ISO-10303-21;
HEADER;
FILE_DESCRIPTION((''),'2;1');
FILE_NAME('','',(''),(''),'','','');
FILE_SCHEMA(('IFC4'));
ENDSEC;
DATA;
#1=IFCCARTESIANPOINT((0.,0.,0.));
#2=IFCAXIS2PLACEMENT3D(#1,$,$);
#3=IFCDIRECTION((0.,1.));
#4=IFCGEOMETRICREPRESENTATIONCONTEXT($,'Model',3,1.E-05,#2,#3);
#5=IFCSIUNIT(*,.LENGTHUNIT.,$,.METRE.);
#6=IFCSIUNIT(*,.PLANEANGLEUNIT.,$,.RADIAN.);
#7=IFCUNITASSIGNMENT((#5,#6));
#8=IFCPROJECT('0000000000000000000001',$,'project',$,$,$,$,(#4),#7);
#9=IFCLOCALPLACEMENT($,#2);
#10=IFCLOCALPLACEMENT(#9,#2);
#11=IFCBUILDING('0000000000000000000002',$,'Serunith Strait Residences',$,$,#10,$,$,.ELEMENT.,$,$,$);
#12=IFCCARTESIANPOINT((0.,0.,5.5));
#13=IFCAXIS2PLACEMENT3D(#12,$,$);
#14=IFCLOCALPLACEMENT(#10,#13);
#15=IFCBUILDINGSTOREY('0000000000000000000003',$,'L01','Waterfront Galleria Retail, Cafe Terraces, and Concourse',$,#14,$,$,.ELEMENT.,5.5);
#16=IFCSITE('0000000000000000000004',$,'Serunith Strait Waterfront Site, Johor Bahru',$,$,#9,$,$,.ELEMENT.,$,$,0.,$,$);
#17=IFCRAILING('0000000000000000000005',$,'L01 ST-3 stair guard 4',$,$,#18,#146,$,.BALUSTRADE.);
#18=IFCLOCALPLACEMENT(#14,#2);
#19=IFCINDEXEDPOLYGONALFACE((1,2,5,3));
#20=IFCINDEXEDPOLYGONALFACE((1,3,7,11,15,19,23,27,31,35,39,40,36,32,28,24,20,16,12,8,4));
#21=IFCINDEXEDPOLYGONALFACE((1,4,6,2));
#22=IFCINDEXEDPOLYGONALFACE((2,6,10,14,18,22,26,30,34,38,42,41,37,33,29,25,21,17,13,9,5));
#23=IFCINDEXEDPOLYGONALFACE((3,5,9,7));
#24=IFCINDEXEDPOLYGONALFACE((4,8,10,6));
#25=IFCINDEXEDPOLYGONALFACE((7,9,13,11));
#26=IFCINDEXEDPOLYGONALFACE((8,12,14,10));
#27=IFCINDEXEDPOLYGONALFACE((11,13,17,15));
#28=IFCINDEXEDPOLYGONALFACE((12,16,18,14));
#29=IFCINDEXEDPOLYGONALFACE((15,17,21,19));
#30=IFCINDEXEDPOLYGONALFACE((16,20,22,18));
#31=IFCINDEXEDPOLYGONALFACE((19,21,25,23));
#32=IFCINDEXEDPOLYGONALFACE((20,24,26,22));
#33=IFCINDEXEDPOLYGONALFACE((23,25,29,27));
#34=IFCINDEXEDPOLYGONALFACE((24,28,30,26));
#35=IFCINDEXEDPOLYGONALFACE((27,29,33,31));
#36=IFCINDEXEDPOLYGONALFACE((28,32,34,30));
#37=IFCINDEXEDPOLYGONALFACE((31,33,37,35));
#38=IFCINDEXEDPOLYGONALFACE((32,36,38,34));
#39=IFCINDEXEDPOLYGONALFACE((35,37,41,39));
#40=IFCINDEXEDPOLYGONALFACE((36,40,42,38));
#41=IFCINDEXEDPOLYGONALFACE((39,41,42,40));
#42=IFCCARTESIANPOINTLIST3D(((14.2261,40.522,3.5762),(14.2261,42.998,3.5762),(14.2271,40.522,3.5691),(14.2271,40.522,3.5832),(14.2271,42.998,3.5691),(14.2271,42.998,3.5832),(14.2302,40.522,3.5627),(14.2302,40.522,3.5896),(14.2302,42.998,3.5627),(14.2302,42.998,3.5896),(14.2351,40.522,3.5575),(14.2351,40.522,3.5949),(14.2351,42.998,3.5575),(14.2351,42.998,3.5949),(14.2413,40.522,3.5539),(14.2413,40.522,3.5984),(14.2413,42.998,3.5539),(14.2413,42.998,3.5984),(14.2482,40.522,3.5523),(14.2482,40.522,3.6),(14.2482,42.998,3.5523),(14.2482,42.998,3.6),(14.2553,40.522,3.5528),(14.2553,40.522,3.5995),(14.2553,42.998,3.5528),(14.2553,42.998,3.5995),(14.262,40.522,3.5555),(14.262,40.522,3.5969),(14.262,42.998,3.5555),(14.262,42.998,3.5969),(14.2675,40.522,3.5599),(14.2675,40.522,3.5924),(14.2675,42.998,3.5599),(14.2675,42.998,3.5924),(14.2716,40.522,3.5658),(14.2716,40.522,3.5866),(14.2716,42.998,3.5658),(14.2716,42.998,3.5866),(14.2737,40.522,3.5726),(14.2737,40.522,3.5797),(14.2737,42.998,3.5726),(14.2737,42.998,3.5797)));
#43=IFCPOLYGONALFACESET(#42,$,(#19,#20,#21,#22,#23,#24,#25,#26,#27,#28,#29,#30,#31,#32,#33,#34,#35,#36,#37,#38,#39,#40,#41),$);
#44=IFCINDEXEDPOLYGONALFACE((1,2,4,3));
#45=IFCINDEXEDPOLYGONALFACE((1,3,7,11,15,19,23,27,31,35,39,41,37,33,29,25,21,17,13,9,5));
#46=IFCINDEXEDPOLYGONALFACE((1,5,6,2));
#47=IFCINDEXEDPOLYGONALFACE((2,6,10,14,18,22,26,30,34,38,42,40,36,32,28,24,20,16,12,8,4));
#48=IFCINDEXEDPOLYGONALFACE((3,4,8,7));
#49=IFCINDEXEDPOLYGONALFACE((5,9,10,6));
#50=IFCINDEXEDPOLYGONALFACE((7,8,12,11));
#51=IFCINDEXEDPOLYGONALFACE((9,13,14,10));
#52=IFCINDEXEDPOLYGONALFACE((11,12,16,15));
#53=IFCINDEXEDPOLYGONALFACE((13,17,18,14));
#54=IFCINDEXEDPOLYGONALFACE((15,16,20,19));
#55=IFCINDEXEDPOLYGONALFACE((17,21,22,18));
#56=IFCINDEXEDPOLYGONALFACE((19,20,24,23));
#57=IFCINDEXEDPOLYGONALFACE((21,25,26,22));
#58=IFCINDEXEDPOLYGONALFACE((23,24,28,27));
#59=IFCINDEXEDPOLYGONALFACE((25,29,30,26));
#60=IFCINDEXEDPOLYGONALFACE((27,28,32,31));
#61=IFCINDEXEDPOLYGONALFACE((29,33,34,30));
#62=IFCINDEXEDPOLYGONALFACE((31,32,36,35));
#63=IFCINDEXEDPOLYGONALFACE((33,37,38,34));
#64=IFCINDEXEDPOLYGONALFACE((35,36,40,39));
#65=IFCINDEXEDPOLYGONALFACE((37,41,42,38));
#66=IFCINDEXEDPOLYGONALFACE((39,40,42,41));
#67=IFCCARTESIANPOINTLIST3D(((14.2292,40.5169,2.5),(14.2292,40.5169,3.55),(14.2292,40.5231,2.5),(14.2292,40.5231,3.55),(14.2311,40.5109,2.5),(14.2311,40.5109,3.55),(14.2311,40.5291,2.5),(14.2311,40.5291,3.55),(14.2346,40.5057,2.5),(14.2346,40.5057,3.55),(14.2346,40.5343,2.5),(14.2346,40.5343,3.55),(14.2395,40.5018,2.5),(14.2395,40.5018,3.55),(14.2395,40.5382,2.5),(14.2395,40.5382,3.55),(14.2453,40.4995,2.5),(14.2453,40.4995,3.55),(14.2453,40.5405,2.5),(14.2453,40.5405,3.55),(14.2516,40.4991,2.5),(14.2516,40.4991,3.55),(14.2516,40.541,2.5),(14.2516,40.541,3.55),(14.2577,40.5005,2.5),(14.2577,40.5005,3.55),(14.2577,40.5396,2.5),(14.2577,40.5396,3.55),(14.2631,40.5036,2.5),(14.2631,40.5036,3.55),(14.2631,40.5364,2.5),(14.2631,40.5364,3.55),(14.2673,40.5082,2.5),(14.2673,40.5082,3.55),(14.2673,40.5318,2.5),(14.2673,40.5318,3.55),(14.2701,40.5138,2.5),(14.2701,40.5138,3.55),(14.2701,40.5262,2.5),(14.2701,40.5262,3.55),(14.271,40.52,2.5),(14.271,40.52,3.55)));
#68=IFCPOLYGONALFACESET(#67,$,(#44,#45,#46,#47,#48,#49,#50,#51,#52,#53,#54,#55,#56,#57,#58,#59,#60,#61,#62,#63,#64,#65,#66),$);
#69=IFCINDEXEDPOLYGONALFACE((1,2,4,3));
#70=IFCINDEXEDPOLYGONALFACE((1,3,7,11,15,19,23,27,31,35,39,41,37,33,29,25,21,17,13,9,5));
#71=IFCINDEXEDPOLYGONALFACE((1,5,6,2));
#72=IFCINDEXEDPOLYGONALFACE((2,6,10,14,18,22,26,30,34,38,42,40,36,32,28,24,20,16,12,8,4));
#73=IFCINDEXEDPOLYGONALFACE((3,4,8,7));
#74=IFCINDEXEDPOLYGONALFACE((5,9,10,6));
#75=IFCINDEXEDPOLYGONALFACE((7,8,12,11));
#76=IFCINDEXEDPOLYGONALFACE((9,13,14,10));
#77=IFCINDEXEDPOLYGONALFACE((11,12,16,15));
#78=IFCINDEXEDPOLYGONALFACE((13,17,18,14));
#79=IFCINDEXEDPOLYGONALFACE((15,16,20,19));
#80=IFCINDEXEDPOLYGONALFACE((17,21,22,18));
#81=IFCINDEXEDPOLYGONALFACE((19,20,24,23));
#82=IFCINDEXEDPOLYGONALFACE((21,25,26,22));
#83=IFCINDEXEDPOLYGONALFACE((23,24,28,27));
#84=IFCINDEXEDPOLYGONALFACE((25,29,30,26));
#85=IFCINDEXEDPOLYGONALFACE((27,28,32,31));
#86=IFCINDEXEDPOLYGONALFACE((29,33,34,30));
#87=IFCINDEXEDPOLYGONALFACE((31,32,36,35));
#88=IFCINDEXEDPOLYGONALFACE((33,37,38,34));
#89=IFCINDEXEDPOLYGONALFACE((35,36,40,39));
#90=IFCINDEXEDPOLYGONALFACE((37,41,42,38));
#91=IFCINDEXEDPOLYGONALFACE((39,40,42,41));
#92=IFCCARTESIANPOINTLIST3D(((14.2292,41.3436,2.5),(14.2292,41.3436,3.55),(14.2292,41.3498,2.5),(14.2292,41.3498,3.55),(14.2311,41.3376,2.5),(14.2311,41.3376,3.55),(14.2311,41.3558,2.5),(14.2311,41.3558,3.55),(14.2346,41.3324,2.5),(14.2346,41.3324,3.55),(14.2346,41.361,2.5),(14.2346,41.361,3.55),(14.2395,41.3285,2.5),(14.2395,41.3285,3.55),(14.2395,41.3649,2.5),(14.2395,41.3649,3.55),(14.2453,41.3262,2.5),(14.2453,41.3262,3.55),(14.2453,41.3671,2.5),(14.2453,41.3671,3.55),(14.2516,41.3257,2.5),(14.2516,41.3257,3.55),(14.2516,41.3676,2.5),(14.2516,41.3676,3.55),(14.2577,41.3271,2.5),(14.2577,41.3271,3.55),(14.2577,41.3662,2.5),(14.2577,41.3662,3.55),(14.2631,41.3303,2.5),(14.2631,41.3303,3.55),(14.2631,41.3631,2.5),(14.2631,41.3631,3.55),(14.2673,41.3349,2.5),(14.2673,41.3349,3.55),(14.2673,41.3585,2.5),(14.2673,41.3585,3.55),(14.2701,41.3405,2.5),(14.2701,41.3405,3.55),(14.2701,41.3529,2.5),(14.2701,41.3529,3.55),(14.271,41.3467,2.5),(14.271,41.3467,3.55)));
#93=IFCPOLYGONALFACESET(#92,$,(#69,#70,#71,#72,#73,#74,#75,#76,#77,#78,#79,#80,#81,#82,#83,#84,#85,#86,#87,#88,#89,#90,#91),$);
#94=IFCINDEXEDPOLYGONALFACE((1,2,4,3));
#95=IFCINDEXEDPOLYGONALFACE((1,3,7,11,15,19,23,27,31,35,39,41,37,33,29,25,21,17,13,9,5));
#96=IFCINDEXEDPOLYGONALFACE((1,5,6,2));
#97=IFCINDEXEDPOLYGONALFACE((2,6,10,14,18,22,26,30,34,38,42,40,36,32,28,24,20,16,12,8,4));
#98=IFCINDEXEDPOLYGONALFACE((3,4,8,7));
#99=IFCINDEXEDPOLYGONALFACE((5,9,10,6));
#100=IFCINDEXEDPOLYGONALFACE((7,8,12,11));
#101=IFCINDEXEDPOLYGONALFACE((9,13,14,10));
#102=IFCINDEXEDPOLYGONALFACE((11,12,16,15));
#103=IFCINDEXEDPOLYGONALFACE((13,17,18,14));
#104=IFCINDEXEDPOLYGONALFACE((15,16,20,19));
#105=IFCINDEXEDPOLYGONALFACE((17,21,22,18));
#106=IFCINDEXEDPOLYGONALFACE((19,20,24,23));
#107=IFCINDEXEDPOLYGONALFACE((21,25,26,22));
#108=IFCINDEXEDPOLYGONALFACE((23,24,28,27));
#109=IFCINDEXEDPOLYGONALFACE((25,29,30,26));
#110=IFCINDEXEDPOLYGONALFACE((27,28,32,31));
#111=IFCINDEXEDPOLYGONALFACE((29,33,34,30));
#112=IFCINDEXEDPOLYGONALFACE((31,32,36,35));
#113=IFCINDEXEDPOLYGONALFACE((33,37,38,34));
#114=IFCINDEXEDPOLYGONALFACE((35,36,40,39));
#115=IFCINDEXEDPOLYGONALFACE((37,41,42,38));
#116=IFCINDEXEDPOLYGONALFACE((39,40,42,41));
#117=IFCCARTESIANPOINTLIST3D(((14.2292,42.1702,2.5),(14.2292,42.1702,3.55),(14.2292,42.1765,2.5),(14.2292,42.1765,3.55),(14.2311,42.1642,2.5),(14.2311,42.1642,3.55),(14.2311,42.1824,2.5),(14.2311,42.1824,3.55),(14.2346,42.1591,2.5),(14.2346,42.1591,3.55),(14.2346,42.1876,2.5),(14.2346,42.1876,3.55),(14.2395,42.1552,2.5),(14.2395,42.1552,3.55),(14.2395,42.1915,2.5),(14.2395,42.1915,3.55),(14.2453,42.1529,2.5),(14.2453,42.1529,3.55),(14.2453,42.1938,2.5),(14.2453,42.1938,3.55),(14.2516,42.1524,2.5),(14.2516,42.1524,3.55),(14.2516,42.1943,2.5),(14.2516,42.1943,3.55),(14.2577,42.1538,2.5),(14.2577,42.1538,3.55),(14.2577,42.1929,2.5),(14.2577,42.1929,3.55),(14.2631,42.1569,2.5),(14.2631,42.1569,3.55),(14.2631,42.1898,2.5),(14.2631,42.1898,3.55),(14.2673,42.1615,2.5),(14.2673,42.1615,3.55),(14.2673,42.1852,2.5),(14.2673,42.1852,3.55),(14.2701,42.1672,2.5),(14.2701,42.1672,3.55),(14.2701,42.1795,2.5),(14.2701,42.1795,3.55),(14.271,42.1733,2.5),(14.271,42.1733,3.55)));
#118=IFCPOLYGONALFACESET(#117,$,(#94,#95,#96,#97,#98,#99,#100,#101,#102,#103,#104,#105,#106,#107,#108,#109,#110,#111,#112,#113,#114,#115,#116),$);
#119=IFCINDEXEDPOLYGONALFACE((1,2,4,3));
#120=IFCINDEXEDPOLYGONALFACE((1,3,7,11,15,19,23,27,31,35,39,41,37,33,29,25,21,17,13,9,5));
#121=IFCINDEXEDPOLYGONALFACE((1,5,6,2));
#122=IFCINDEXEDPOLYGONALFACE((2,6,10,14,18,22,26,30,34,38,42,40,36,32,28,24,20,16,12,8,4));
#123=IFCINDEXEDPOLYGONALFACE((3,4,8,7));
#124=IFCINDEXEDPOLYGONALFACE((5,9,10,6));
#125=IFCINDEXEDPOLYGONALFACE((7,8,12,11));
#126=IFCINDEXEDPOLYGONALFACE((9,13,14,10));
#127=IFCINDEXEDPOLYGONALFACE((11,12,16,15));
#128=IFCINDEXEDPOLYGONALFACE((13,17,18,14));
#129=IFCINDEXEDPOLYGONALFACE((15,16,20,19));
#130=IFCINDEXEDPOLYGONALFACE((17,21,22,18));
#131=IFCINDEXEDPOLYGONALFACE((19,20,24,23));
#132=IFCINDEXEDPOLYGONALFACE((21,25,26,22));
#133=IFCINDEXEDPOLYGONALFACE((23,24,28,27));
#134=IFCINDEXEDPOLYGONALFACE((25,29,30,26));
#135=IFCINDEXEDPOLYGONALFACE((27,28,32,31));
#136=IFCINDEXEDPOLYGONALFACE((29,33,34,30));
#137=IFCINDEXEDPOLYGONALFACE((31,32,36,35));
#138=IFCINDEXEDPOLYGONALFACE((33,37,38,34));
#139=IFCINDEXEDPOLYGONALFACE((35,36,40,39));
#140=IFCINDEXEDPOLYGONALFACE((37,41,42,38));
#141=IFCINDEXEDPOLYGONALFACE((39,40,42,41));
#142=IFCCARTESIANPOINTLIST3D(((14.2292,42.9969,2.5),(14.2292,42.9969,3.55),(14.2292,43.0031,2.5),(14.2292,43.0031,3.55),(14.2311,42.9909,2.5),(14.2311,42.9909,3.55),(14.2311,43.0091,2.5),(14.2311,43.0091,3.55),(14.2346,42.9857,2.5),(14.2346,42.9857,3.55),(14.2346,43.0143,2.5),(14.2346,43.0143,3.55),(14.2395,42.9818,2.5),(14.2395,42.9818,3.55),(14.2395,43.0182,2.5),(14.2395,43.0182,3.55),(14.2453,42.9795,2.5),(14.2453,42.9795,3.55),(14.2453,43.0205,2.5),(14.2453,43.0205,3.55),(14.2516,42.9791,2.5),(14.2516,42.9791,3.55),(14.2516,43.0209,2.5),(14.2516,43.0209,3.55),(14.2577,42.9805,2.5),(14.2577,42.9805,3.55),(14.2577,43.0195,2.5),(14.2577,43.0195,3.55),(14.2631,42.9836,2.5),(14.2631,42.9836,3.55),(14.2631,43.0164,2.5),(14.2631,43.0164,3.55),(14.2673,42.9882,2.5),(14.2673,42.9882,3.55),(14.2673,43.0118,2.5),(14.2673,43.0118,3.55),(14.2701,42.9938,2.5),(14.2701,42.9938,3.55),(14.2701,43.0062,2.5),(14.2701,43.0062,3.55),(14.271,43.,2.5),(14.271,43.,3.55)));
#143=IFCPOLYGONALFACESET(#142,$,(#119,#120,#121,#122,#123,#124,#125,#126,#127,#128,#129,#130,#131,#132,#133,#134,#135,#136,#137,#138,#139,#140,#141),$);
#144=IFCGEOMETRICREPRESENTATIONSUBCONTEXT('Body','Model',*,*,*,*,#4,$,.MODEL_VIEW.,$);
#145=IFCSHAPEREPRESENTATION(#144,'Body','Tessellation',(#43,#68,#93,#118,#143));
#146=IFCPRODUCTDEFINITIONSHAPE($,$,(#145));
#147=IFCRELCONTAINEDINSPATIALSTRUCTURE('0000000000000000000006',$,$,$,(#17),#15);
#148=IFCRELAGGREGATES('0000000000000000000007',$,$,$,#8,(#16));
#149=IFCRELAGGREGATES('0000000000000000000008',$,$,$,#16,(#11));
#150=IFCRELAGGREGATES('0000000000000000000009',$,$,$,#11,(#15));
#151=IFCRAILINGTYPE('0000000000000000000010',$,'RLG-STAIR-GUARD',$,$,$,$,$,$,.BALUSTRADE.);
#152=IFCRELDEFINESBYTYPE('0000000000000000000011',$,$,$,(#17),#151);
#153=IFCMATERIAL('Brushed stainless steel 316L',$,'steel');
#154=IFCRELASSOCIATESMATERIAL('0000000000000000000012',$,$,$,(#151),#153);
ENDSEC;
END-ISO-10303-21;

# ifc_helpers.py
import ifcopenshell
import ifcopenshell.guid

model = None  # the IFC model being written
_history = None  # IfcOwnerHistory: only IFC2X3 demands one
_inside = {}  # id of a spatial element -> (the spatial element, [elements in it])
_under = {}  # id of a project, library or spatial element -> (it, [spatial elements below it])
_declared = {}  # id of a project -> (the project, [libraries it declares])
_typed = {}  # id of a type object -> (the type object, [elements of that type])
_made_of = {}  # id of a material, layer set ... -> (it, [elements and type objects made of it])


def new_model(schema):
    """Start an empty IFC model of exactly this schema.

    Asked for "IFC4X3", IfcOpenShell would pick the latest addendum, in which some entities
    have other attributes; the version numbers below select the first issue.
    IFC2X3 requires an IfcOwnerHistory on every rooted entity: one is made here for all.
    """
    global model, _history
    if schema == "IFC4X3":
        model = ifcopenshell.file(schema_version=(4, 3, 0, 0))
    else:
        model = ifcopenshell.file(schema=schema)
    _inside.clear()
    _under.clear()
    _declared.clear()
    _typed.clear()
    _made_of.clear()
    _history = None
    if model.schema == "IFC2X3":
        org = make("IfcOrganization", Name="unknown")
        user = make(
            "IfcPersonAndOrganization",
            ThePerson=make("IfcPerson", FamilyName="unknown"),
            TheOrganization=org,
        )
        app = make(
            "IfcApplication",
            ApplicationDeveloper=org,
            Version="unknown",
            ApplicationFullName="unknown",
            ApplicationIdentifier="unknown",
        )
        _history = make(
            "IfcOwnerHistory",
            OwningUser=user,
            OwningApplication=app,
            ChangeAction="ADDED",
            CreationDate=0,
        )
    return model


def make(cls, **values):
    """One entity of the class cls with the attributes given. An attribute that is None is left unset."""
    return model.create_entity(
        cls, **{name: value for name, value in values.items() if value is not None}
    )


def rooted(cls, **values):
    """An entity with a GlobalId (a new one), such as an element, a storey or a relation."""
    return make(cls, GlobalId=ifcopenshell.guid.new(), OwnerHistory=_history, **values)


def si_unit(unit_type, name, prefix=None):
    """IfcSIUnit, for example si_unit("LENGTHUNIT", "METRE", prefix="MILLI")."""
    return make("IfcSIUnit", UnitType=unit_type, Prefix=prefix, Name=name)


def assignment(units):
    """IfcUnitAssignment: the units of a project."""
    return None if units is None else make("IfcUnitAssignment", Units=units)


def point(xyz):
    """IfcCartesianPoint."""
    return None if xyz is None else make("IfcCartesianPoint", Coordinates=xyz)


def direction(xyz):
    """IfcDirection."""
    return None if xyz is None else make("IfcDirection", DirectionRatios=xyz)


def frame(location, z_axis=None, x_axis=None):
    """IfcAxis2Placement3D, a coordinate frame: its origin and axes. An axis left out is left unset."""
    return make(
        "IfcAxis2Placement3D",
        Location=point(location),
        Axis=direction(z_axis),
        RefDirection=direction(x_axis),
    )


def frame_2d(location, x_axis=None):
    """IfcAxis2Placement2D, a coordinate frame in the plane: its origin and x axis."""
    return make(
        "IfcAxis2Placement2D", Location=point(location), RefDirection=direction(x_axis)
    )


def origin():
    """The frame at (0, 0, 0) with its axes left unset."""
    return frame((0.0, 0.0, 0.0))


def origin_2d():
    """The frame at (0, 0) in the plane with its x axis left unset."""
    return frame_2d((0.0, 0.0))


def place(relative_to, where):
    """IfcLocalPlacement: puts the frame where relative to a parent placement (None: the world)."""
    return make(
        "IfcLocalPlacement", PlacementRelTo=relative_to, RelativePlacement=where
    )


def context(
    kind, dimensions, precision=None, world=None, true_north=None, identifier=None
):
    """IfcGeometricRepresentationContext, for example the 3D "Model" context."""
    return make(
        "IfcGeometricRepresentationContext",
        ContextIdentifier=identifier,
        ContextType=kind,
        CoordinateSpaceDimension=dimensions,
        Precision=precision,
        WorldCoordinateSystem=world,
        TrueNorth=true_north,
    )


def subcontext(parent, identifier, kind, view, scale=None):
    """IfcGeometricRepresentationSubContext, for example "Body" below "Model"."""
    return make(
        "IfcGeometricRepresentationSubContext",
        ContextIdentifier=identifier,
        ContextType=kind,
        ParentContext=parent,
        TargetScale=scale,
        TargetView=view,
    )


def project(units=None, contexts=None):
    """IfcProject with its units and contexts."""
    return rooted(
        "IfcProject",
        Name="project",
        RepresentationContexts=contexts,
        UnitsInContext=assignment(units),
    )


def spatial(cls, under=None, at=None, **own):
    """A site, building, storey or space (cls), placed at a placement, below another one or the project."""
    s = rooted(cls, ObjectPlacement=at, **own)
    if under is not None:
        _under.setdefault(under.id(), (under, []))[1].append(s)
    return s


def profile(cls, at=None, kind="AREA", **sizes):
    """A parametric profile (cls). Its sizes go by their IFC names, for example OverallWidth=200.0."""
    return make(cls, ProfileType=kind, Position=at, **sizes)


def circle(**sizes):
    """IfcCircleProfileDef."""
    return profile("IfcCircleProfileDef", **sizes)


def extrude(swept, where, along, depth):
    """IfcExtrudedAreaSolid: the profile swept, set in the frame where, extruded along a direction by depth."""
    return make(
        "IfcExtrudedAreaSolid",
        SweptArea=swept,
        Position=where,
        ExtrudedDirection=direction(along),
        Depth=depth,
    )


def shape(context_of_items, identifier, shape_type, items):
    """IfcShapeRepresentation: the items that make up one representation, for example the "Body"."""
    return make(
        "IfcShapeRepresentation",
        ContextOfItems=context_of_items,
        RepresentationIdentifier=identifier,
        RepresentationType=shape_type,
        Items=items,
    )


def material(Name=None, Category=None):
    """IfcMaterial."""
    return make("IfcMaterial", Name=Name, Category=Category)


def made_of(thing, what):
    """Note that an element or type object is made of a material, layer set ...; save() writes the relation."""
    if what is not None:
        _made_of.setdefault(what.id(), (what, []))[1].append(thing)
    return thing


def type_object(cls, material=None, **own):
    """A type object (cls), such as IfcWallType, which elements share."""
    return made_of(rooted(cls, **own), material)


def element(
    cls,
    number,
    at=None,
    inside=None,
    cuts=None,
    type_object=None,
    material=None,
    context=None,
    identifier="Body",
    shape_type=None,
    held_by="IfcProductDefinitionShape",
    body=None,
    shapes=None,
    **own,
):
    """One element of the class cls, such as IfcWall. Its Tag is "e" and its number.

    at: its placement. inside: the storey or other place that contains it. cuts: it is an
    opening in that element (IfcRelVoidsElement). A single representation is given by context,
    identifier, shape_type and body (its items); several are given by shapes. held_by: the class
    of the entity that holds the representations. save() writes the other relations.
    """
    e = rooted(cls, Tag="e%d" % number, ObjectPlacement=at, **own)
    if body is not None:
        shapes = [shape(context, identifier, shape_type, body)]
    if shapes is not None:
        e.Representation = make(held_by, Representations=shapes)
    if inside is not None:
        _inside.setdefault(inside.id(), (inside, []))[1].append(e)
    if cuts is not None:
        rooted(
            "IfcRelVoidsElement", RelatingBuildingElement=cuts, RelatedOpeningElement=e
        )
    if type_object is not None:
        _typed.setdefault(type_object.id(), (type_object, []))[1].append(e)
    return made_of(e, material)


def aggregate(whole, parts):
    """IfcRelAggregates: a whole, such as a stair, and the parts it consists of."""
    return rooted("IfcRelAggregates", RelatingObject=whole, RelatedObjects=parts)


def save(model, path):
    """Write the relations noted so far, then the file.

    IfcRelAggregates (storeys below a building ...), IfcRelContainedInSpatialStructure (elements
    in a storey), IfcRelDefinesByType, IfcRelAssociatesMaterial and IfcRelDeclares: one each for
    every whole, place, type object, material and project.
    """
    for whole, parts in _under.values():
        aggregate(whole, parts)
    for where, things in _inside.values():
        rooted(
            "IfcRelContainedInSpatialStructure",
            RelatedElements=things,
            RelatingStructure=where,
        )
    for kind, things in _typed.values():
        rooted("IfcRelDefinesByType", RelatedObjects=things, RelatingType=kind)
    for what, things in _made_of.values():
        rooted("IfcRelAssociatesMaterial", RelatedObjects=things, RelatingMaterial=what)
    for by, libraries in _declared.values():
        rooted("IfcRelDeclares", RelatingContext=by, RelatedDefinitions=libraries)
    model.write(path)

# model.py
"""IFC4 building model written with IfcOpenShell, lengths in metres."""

from ifc_helpers import new_model, si_unit, direction, frame, origin, origin_2d, place, context, subcontext, project, spatial, circle, extrude, material, type_object, element, save


model = new_model("IFC4")

# Units and contexts
model_context = context("Model", 3, precision=1e-05, world=origin(), true_north=direction((0.0, 1.0)))
body_context = subcontext(model_context, "Body", "Model", "MODEL_VIEW")
ifc_project = project(units=[si_unit("LENGTHUNIT", "METRE"), si_unit("PLANEANGLEUNIT", "RADIAN")], contexts=[model_context])

# Site, building, storey
site_placement = place(None, origin())
site = spatial("IfcSite", under=ifc_project, at=site_placement, Name="Serunith Strait Waterfront Site, Johor Bahru", CompositionType="ELEMENT", RefElevation=0.0)
building_placement = place(site_placement, origin())
building = spatial("IfcBuilding", under=site, at=building_placement, Name="Serunith Strait Residences", CompositionType="ELEMENT")
storey_placement = place(building_placement, frame((0.0, 0.0, 5.5)))
storey = spatial("IfcBuildingStorey", under=building, at=storey_placement, Name="L01", Description="Waterfront Galleria Retail, Cafe Terraces, and Concourse", CompositionType="ELEMENT", Elevation=5.5)

# Railing
ifc_material_1 = material(Name="Brushed stainless steel 316L", Category="steel")
railing_type_1 = type_object("IfcRailingType", Name="RLG-STAIR-GUARD", PredefinedType="BALUSTRADE", material=ifc_material_1)
railing_1_placement = place(storey_placement, frame((14.25, 40.52, 2.5)))
element("IfcRailing", 1, at=railing_1_placement, inside=storey, type_object=railing_type_1, Name="L01 ST-3 stair guard 4", PredefinedType="BALUSTRADE", context=body_context, shape_type="SweptSolid", body=[
    extrude(circle(Radius=0.0239, at=origin_2d()), frame((0.0, 0.002, 1.0762), z_axis=(0.0, 1.0, 0.0), x_axis=(-1.0, 0.0, 0.0)), (0.0, 0.0, 1.0), 2.4761),
    extrude(circle(Radius=0.021, at=origin_2d()), origin(), (0.0, 0.0, 1.0), 1.05),
    extrude(circle(Radius=0.021, at=origin_2d()), frame((0.0, 0.8267, 0.0)), (0.0, 0.0, 1.0), 1.05),
    extrude(circle(Radius=0.021, at=origin_2d()), frame((0.0, 1.6533, 0.0)), (0.0, 0.0, 1.0), 1.05),
    extrude(circle(Radius=0.021, at=origin_2d()), frame((0.0, 2.48, 0.0)), (0.0, 0.0, 1.0), 1.05),
])

save(model, "model.ifc")
